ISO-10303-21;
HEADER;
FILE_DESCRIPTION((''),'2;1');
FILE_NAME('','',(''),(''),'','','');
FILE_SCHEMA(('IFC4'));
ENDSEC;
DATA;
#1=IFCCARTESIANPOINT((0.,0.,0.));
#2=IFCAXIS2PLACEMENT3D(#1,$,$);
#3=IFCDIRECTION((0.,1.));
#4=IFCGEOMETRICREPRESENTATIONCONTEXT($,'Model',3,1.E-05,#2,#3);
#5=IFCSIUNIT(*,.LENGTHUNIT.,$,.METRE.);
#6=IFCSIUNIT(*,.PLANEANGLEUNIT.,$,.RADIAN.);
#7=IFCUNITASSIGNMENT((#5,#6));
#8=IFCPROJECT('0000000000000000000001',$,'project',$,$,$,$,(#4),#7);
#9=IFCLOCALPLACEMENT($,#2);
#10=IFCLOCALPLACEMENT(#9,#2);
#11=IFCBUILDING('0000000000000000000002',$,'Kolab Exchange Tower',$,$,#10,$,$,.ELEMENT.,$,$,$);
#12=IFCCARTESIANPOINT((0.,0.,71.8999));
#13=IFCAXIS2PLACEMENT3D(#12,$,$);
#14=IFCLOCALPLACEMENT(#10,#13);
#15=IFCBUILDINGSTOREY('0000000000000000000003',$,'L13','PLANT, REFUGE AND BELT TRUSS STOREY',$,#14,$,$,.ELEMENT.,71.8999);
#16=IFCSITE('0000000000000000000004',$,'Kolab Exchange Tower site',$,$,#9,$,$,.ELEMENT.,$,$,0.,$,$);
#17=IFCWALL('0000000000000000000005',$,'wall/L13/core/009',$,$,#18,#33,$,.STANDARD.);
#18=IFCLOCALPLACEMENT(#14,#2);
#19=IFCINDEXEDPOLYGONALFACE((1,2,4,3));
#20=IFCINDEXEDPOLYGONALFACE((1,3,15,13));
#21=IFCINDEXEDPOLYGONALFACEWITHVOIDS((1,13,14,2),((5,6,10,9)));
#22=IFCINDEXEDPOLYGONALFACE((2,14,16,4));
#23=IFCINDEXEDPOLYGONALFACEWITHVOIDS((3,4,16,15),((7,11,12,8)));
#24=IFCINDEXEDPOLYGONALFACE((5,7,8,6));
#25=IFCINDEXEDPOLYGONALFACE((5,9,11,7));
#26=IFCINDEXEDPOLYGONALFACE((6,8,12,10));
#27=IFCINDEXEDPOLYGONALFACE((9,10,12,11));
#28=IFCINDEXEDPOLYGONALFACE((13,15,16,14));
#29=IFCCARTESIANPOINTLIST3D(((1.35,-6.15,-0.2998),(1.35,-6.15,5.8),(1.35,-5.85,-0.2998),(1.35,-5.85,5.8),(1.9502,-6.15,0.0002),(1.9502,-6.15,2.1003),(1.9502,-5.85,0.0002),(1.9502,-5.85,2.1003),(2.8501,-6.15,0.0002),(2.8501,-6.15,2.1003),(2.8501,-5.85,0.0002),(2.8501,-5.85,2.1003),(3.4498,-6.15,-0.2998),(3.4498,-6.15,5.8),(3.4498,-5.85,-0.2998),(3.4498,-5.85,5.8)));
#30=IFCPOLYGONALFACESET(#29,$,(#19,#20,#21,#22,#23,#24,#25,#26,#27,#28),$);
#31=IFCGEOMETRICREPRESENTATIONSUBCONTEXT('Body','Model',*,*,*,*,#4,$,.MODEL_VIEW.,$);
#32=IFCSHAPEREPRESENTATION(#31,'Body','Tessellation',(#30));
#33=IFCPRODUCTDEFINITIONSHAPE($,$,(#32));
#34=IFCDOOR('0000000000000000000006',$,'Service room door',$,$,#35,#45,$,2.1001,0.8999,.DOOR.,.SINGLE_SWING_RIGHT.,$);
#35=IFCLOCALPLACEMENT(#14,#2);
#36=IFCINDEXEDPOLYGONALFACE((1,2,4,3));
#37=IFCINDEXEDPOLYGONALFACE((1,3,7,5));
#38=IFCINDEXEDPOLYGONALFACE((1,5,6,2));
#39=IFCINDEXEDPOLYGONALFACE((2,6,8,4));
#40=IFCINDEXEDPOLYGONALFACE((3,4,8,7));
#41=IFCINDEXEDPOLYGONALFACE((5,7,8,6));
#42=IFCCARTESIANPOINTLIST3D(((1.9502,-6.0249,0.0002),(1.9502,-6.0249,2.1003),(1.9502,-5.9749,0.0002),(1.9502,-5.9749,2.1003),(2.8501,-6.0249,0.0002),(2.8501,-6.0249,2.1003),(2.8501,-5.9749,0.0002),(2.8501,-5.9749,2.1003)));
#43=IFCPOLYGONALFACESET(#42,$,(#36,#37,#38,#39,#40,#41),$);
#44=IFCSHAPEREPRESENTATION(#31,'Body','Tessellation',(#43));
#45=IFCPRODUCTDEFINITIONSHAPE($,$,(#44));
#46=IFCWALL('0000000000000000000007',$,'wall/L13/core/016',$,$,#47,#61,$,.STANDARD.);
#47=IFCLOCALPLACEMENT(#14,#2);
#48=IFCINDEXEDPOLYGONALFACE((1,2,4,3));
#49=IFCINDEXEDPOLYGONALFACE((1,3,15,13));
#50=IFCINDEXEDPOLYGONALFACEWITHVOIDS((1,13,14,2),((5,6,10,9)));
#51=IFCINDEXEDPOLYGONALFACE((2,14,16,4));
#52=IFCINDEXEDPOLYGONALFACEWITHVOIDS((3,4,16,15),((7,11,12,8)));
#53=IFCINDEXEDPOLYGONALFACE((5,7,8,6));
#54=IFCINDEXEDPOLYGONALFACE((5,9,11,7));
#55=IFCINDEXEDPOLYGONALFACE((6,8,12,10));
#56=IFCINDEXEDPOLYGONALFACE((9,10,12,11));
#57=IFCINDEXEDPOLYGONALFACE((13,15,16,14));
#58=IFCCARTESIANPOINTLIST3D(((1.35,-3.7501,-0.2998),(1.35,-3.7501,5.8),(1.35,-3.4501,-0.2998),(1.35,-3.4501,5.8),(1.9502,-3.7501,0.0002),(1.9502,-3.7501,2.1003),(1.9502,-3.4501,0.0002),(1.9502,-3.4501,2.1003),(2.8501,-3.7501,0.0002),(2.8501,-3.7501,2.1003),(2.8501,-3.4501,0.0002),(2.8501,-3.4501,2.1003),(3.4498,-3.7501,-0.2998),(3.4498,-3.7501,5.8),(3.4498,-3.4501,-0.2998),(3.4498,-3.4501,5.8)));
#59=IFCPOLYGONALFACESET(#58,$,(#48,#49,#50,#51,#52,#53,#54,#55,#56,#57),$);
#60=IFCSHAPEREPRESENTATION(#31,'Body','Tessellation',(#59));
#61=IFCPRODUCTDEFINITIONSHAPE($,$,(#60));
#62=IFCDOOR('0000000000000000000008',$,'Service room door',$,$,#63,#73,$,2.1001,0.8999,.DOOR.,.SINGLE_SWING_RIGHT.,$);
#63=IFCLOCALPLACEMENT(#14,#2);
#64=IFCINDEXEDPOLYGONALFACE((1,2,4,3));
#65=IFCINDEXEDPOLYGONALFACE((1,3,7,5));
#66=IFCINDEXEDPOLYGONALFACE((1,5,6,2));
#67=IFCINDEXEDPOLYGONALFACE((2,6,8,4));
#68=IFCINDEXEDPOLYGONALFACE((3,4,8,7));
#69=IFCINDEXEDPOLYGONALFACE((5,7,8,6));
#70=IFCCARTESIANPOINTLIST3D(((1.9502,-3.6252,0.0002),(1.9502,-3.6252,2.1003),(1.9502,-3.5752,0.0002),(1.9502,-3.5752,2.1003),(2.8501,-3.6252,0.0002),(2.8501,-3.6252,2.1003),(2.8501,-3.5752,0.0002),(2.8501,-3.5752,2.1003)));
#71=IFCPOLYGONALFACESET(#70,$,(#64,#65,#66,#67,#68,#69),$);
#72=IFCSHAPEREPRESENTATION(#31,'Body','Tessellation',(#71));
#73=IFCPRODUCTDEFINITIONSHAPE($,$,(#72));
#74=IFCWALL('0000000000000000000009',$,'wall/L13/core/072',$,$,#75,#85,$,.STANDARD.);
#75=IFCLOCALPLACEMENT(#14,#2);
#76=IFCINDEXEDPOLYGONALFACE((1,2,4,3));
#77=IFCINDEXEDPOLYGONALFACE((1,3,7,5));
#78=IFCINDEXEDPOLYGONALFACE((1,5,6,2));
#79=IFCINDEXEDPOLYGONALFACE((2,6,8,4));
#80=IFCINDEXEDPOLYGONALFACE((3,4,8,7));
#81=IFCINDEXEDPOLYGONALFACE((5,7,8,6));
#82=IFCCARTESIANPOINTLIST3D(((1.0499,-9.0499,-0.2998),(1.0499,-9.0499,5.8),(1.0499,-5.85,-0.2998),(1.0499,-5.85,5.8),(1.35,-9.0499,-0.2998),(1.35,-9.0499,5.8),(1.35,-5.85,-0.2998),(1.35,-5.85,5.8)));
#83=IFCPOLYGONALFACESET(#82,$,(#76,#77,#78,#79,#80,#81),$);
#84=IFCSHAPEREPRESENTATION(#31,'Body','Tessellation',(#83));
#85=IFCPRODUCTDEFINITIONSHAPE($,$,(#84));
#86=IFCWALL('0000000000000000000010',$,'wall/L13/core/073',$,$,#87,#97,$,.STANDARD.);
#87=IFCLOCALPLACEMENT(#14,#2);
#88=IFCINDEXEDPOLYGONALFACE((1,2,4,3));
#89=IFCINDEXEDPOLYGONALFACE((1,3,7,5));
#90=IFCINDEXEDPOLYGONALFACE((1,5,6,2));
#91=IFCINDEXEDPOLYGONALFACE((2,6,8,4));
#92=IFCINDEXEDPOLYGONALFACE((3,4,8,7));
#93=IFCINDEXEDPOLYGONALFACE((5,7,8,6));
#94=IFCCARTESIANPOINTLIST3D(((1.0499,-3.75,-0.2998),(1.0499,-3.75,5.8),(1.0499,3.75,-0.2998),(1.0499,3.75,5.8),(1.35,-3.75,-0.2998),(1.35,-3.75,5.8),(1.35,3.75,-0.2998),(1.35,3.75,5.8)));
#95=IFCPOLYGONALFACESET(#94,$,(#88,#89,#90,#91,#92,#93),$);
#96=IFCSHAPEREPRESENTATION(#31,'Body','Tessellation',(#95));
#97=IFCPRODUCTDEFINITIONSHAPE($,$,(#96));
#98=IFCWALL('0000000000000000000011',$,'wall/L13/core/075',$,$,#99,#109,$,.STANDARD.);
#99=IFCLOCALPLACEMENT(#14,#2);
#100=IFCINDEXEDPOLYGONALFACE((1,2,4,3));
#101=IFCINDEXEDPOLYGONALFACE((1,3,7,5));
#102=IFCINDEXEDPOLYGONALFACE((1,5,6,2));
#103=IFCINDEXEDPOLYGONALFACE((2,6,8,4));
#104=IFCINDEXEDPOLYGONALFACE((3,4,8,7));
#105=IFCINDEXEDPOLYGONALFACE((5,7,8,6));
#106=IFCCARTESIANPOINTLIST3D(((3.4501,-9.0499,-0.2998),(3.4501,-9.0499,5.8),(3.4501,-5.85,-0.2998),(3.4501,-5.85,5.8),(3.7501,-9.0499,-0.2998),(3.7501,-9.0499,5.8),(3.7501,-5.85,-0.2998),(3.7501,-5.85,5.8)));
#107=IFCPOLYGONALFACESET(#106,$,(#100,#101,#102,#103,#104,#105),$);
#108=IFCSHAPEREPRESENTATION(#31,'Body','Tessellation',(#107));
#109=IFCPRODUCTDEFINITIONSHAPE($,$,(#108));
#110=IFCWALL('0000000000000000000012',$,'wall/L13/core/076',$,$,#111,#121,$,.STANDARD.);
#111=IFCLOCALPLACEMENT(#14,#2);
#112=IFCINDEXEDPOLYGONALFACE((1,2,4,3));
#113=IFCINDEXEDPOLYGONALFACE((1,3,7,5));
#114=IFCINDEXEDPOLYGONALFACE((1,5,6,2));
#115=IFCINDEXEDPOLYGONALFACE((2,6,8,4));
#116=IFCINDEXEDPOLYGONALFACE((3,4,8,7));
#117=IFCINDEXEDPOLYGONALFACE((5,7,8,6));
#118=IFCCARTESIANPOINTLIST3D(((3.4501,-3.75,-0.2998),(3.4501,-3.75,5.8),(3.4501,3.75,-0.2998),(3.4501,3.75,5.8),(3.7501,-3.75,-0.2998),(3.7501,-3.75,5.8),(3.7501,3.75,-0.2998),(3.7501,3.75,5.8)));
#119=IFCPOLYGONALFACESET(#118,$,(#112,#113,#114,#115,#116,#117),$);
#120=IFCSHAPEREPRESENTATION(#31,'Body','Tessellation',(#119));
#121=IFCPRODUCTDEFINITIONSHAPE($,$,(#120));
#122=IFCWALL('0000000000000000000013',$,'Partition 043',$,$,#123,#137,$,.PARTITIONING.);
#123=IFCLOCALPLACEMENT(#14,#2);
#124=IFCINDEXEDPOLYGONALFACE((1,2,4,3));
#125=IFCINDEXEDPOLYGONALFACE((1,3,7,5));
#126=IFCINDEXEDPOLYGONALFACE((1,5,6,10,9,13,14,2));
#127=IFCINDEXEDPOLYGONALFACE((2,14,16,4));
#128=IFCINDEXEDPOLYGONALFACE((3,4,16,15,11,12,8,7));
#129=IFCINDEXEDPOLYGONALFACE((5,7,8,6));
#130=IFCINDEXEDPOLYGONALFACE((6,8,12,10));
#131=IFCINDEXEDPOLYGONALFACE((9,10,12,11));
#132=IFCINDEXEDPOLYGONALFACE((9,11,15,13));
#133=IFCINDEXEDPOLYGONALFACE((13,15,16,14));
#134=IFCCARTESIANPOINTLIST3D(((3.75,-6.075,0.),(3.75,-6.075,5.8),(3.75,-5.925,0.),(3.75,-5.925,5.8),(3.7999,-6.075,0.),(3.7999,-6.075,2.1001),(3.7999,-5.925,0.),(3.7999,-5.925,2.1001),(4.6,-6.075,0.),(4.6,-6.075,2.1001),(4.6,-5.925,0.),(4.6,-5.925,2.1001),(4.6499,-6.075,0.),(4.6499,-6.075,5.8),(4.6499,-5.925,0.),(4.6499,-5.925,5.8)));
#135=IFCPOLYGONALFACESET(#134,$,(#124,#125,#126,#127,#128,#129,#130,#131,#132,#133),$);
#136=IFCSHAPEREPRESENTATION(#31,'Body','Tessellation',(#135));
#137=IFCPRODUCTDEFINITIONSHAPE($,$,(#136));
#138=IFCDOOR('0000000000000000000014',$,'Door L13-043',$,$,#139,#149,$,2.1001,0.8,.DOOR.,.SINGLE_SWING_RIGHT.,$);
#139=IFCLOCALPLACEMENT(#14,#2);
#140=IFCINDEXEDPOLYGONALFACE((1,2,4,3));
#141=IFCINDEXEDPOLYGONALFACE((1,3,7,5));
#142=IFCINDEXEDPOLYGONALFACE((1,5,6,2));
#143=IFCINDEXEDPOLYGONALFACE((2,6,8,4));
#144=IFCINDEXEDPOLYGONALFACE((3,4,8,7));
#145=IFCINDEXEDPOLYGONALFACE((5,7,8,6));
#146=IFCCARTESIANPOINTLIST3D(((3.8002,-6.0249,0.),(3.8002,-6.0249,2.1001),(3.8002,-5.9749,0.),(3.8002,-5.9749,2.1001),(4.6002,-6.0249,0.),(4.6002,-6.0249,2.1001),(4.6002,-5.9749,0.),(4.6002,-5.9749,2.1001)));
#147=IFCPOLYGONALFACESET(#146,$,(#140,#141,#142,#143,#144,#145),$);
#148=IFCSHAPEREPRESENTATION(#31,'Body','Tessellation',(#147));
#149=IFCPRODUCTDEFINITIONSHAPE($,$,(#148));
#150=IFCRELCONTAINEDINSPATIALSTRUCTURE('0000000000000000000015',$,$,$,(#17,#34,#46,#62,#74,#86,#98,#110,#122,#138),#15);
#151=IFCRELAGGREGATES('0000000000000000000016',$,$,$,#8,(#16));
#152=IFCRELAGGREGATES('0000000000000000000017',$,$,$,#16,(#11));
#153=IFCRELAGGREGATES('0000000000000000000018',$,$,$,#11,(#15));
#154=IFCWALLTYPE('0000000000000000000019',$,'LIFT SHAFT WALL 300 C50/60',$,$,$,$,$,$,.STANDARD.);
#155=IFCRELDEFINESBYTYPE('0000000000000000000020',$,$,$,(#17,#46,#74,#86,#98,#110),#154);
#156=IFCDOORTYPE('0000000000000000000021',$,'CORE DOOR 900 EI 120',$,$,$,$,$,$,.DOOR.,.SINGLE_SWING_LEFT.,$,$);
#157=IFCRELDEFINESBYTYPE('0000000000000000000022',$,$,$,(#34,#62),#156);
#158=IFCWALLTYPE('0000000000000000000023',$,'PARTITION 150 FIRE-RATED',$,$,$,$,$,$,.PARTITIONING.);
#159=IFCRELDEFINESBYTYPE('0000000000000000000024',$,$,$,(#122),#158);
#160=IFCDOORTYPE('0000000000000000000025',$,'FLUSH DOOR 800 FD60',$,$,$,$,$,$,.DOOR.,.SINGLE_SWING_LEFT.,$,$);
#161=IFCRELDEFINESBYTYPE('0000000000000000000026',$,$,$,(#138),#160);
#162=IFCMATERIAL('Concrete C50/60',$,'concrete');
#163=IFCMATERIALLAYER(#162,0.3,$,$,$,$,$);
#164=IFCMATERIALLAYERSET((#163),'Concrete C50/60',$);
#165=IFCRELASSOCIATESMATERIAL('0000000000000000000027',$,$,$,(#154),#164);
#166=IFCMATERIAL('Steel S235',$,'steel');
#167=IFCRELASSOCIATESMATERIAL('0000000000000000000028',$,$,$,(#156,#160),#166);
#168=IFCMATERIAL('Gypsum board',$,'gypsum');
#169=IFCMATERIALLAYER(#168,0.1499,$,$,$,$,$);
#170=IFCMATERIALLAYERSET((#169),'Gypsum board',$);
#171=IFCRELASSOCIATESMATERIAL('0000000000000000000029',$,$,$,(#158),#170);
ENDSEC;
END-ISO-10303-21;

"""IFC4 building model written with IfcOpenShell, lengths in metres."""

from ifc_helpers import new_model, si_unit, direction, frame, frame_2d, origin, place, context, subcontext, project, spatial, rectangle, extrude, material, layer, layer_set, type_object, element, fill, save


model = new_model("IFC4")

# Units and contexts
model_context = context("Model", 3, precision=1e-05, world=origin(), true_north=direction((0.0, 1.0)))
body_context = subcontext(model_context, "Body", "Model", "MODEL_VIEW")
ifc_project = project(units=[si_unit("LENGTHUNIT", "METRE"), si_unit("PLANEANGLEUNIT", "RADIAN")], contexts=[model_context])

# Site, building, storey
site_placement = place(None, origin())
site = spatial("IfcSite", under=ifc_project, at=site_placement, Name="Kolab Exchange Tower site", CompositionType="ELEMENT", RefElevation=0.0)
building_placement = place(site_placement, origin())
building = spatial("IfcBuilding", under=site, at=building_placement, Name="Kolab Exchange Tower", CompositionType="ELEMENT")
storey_placement = place(building_placement, frame((0.0, 0.0, 71.8999)))
storey = spatial("IfcBuildingStorey", under=building, at=storey_placement, Name="L13", Description="PLANT, REFUGE AND BELT TRUSS STOREY", CompositionType="ELEMENT", Elevation=71.8999)

# Walls, openings, doors
ifc_material_1 = material(Name="Concrete C50/60", Category="concrete")
ifc_layer_1 = layer(ifc_material_1, 0.3)
ifc_layer_set_1 = layer_set([ifc_layer_1], Name="Concrete C50/60")
wall_type_1 = type_object("IfcWallType", Name="LIFT SHAFT WALL 300 C50/60", PredefinedType="STANDARD", material=ifc_layer_set_1)
wall_1_placement = place(storey_placement, frame((1.3501, -6.0, -0.2998), z_axis=(0.0, 0.0, 1.0), x_axis=(1.0, 0.0, 0.0)))
wall_1 = element("IfcWall", 1, at=wall_1_placement, inside=storey, type_object=wall_type_1, Name="wall/L13/core/009", PredefinedType="STANDARD", context=body_context, shape_type="SweptSolid", body=[
    extrude(rectangle(XDim=2.0999, YDim=0.3, at=frame_2d((1.0498, 0.0))), origin(), (0.0, 0.0, 1.0), 6.0999),
])
opening_1_placement = place(wall_1_placement, frame((0.6001, 0.0, 0.3)))
opening_1 = element("IfcOpeningElement", 2, at=opening_1_placement, cuts=wall_1, PredefinedType="OPENING", context=body_context, shape_type="SweptSolid", body=[
    extrude(rectangle(XDim=0.8999, YDim=2.1001, at=frame_2d((0.45, 1.05))), frame((0.0, 0.1602, 0.0), z_axis=(0.0, -1.0, 0.0), x_axis=(1.0, 0.0, 0.0)), (0.0, 0.0, 1.0), 0.3201),
])
ifc_material_2 = material(Name="Steel S235", Category="steel")
door_type_1 = type_object("IfcDoorType", Name="CORE DOOR 900 EI 120", OperationType="SINGLE_SWING_LEFT", PredefinedType="DOOR", material=ifc_material_2)
door_1_placement = place(opening_1_placement, frame((0.8999, 0.0, 0.0), z_axis=(0.0, 0.0, 1.0), x_axis=(-1.0, 0.0, 0.0)))
door_1 = element("IfcDoor", 3, at=door_1_placement, inside=storey, type_object=door_type_1, Name="Service room door", OperationType="SINGLE_SWING_RIGHT", OverallHeight=2.1001, OverallWidth=0.8999, PredefinedType="DOOR", context=body_context, shape_type="SweptSolid", body=[
    extrude(rectangle(XDim=0.8999, YDim=2.1001, at=frame_2d((0.45, 1.05))), frame((0.0, 0.0249, 0.0), z_axis=(0.0, -1.0, 0.0), x_axis=(1.0, 0.0, 0.0)), (0.0, 0.0, 1.0), 0.05),
])
fill(opening_1, door_1)
wall_2_placement = place(storey_placement, frame((1.3501, -3.6001, -0.2998), z_axis=(0.0, 0.0, 1.0), x_axis=(1.0, 0.0, 0.0)))
wall_2 = element("IfcWall", 4, at=wall_2_placement, inside=storey, type_object=wall_type_1, Name="wall/L13/core/016", PredefinedType="STANDARD", context=body_context, shape_type="SweptSolid", body=[
    extrude(rectangle(XDim=2.0999, YDim=0.3, at=frame_2d((1.0498, 0.0))), origin(), (0.0, 0.0, 1.0), 6.0999),
])
opening_2_placement = place(wall_2_placement, frame((0.6001, 0.0, 0.3)))
opening_2 = element("IfcOpeningElement", 5, at=opening_2_placement, cuts=wall_2, PredefinedType="OPENING", context=body_context, shape_type="SweptSolid", body=[
    extrude(rectangle(XDim=0.8999, YDim=2.1001, at=frame_2d((0.45, 1.05))), frame((0.0, 0.1602, 0.0), z_axis=(0.0, -1.0, 0.0), x_axis=(1.0, 0.0, 0.0)), (0.0, 0.0, 1.0), 0.3201),
])
door_2_placement = place(opening_2_placement, origin())
door_2 = element("IfcDoor", 6, at=door_2_placement, inside=storey, type_object=door_type_1, Name="Service room door", OperationType="SINGLE_SWING_RIGHT", OverallHeight=2.1001, OverallWidth=0.8999, PredefinedType="DOOR", context=body_context, shape_type="SweptSolid", body=[
    extrude(rectangle(XDim=0.8999, YDim=2.1001, at=frame_2d((0.45, 1.05))), frame((0.0, 0.0249, 0.0), z_axis=(0.0, -1.0, 0.0), x_axis=(1.0, 0.0, 0.0)), (0.0, 0.0, 1.0), 0.05),
])
fill(opening_2, door_2)

# Walls
wall_3_placement = place(storey_placement, frame((1.2, -9.05, -0.2998), z_axis=(0.0, 0.0, 1.0), x_axis=(0.0, 1.0, 0.0)))
element("IfcWall", 7, at=wall_3_placement, inside=storey, type_object=wall_type_1, Name="wall/L13/core/072", PredefinedType="STANDARD", context=body_context, shape_type="SweptSolid", body=[
    extrude(rectangle(XDim=3.2, YDim=0.3, at=frame_2d((1.6001, 0.0))), origin(), (0.0, 0.0, 1.0), 6.0999),
])
wall_4_placement = place(storey_placement, frame((1.2, -3.75, -0.2998), z_axis=(0.0, 0.0, 1.0), x_axis=(0.0, 1.0, 0.0)))
element("IfcWall", 8, at=wall_4_placement, inside=storey, type_object=wall_type_1, Name="wall/L13/core/073", PredefinedType="STANDARD", context=body_context, shape_type="SweptSolid", body=[
    extrude(rectangle(XDim=7.5, YDim=0.3, at=frame_2d((3.75, 0.0))), origin(), (0.0, 0.0, 1.0), 6.0999),
])
wall_5_placement = place(storey_placement, frame((3.6001, -9.05, -0.2998), z_axis=(0.0, 0.0, 1.0), x_axis=(0.0, 1.0, 0.0)))
element("IfcWall", 9, at=wall_5_placement, inside=storey, type_object=wall_type_1, Name="wall/L13/core/075", PredefinedType="STANDARD", context=body_context, shape_type="SweptSolid", body=[
    extrude(rectangle(XDim=3.2, YDim=0.3, at=frame_2d((1.6001, 0.0))), origin(), (0.0, 0.0, 1.0), 6.0999),
])
wall_6_placement = place(storey_placement, frame((3.6001, -3.75, -0.2998), z_axis=(0.0, 0.0, 1.0), x_axis=(0.0, 1.0, 0.0)))
element("IfcWall", 10, at=wall_6_placement, inside=storey, type_object=wall_type_1, Name="wall/L13/core/076", PredefinedType="STANDARD", context=body_context, shape_type="SweptSolid", body=[
    extrude(rectangle(XDim=7.5, YDim=0.3, at=frame_2d((3.75, 0.0))), origin(), (0.0, 0.0, 1.0), 6.0999),
])

# Wall, opening, door
ifc_material_3 = material(Name="Gypsum board", Category="gypsum")
ifc_layer_2 = layer(ifc_material_3, 0.1499)
ifc_layer_set_2 = layer_set([ifc_layer_2], Name="Gypsum board")
wall_type_2 = type_object("IfcWallType", Name="PARTITION 150 FIRE-RATED", PredefinedType="PARTITIONING", material=ifc_layer_set_2)
wall_7_placement = place(storey_placement, frame((3.75, -6.0, 0.0), z_axis=(0.0, 0.0, 1.0), x_axis=(1.0, 0.0, 0.0)))
wall_7 = element("IfcWall", 11, at=wall_7_placement, inside=storey, type_object=wall_type_2, Name="Partition 043", PredefinedType="PARTITIONING", context=body_context, shape_type="SweptSolid", body=[
    extrude(rectangle(XDim=0.8999, YDim=0.1499, at=frame_2d((0.45, 0.0))), origin(), (0.0, 0.0, 1.0), 5.8),
])
opening_3_placement = place(wall_7_placement, frame((0.05, 0.0, 0.0)))
opening_3 = element("IfcOpeningElement", 12, at=opening_3_placement, cuts=wall_7, PredefinedType="OPENING", context=body_context, shape_type="SweptSolid", body=[
    extrude(rectangle(XDim=0.8, YDim=2.1001, at=frame_2d((0.3999, 1.05))), frame((0.0, 0.085, 0.0), z_axis=(0.0, -1.0, 0.0), x_axis=(1.0, 0.0, 0.0)), (0.0, 0.0, 1.0), 0.1699),
])
door_type_2 = type_object("IfcDoorType", Name="FLUSH DOOR 800 FD60", OperationType="SINGLE_SWING_LEFT", PredefinedType="DOOR", material=ifc_material_2)
door_3_placement = place(opening_3_placement, frame((0.8, 0.0, 0.0), z_axis=(0.0, 0.0, 1.0), x_axis=(-1.0, 0.0, 0.0)))
door_3 = element("IfcDoor", 13, at=door_3_placement, inside=storey, type_object=door_type_2, Name="Door L13-043", OperationType="SINGLE_SWING_RIGHT", OverallHeight=2.1001, OverallWidth=0.8, PredefinedType="DOOR", context=body_context, shape_type="SweptSolid", body=[
    extrude(rectangle(XDim=0.8, YDim=2.1001, at=frame_2d((0.3999, 1.05))), frame((0.0, 0.0249, 0.0), z_axis=(0.0, -1.0, 0.0), x_axis=(1.0, 0.0, 0.0)), (0.0, 0.0, 1.0), 0.05),
])
fill(opening_3, door_3)

save(model, "model.ifc")
